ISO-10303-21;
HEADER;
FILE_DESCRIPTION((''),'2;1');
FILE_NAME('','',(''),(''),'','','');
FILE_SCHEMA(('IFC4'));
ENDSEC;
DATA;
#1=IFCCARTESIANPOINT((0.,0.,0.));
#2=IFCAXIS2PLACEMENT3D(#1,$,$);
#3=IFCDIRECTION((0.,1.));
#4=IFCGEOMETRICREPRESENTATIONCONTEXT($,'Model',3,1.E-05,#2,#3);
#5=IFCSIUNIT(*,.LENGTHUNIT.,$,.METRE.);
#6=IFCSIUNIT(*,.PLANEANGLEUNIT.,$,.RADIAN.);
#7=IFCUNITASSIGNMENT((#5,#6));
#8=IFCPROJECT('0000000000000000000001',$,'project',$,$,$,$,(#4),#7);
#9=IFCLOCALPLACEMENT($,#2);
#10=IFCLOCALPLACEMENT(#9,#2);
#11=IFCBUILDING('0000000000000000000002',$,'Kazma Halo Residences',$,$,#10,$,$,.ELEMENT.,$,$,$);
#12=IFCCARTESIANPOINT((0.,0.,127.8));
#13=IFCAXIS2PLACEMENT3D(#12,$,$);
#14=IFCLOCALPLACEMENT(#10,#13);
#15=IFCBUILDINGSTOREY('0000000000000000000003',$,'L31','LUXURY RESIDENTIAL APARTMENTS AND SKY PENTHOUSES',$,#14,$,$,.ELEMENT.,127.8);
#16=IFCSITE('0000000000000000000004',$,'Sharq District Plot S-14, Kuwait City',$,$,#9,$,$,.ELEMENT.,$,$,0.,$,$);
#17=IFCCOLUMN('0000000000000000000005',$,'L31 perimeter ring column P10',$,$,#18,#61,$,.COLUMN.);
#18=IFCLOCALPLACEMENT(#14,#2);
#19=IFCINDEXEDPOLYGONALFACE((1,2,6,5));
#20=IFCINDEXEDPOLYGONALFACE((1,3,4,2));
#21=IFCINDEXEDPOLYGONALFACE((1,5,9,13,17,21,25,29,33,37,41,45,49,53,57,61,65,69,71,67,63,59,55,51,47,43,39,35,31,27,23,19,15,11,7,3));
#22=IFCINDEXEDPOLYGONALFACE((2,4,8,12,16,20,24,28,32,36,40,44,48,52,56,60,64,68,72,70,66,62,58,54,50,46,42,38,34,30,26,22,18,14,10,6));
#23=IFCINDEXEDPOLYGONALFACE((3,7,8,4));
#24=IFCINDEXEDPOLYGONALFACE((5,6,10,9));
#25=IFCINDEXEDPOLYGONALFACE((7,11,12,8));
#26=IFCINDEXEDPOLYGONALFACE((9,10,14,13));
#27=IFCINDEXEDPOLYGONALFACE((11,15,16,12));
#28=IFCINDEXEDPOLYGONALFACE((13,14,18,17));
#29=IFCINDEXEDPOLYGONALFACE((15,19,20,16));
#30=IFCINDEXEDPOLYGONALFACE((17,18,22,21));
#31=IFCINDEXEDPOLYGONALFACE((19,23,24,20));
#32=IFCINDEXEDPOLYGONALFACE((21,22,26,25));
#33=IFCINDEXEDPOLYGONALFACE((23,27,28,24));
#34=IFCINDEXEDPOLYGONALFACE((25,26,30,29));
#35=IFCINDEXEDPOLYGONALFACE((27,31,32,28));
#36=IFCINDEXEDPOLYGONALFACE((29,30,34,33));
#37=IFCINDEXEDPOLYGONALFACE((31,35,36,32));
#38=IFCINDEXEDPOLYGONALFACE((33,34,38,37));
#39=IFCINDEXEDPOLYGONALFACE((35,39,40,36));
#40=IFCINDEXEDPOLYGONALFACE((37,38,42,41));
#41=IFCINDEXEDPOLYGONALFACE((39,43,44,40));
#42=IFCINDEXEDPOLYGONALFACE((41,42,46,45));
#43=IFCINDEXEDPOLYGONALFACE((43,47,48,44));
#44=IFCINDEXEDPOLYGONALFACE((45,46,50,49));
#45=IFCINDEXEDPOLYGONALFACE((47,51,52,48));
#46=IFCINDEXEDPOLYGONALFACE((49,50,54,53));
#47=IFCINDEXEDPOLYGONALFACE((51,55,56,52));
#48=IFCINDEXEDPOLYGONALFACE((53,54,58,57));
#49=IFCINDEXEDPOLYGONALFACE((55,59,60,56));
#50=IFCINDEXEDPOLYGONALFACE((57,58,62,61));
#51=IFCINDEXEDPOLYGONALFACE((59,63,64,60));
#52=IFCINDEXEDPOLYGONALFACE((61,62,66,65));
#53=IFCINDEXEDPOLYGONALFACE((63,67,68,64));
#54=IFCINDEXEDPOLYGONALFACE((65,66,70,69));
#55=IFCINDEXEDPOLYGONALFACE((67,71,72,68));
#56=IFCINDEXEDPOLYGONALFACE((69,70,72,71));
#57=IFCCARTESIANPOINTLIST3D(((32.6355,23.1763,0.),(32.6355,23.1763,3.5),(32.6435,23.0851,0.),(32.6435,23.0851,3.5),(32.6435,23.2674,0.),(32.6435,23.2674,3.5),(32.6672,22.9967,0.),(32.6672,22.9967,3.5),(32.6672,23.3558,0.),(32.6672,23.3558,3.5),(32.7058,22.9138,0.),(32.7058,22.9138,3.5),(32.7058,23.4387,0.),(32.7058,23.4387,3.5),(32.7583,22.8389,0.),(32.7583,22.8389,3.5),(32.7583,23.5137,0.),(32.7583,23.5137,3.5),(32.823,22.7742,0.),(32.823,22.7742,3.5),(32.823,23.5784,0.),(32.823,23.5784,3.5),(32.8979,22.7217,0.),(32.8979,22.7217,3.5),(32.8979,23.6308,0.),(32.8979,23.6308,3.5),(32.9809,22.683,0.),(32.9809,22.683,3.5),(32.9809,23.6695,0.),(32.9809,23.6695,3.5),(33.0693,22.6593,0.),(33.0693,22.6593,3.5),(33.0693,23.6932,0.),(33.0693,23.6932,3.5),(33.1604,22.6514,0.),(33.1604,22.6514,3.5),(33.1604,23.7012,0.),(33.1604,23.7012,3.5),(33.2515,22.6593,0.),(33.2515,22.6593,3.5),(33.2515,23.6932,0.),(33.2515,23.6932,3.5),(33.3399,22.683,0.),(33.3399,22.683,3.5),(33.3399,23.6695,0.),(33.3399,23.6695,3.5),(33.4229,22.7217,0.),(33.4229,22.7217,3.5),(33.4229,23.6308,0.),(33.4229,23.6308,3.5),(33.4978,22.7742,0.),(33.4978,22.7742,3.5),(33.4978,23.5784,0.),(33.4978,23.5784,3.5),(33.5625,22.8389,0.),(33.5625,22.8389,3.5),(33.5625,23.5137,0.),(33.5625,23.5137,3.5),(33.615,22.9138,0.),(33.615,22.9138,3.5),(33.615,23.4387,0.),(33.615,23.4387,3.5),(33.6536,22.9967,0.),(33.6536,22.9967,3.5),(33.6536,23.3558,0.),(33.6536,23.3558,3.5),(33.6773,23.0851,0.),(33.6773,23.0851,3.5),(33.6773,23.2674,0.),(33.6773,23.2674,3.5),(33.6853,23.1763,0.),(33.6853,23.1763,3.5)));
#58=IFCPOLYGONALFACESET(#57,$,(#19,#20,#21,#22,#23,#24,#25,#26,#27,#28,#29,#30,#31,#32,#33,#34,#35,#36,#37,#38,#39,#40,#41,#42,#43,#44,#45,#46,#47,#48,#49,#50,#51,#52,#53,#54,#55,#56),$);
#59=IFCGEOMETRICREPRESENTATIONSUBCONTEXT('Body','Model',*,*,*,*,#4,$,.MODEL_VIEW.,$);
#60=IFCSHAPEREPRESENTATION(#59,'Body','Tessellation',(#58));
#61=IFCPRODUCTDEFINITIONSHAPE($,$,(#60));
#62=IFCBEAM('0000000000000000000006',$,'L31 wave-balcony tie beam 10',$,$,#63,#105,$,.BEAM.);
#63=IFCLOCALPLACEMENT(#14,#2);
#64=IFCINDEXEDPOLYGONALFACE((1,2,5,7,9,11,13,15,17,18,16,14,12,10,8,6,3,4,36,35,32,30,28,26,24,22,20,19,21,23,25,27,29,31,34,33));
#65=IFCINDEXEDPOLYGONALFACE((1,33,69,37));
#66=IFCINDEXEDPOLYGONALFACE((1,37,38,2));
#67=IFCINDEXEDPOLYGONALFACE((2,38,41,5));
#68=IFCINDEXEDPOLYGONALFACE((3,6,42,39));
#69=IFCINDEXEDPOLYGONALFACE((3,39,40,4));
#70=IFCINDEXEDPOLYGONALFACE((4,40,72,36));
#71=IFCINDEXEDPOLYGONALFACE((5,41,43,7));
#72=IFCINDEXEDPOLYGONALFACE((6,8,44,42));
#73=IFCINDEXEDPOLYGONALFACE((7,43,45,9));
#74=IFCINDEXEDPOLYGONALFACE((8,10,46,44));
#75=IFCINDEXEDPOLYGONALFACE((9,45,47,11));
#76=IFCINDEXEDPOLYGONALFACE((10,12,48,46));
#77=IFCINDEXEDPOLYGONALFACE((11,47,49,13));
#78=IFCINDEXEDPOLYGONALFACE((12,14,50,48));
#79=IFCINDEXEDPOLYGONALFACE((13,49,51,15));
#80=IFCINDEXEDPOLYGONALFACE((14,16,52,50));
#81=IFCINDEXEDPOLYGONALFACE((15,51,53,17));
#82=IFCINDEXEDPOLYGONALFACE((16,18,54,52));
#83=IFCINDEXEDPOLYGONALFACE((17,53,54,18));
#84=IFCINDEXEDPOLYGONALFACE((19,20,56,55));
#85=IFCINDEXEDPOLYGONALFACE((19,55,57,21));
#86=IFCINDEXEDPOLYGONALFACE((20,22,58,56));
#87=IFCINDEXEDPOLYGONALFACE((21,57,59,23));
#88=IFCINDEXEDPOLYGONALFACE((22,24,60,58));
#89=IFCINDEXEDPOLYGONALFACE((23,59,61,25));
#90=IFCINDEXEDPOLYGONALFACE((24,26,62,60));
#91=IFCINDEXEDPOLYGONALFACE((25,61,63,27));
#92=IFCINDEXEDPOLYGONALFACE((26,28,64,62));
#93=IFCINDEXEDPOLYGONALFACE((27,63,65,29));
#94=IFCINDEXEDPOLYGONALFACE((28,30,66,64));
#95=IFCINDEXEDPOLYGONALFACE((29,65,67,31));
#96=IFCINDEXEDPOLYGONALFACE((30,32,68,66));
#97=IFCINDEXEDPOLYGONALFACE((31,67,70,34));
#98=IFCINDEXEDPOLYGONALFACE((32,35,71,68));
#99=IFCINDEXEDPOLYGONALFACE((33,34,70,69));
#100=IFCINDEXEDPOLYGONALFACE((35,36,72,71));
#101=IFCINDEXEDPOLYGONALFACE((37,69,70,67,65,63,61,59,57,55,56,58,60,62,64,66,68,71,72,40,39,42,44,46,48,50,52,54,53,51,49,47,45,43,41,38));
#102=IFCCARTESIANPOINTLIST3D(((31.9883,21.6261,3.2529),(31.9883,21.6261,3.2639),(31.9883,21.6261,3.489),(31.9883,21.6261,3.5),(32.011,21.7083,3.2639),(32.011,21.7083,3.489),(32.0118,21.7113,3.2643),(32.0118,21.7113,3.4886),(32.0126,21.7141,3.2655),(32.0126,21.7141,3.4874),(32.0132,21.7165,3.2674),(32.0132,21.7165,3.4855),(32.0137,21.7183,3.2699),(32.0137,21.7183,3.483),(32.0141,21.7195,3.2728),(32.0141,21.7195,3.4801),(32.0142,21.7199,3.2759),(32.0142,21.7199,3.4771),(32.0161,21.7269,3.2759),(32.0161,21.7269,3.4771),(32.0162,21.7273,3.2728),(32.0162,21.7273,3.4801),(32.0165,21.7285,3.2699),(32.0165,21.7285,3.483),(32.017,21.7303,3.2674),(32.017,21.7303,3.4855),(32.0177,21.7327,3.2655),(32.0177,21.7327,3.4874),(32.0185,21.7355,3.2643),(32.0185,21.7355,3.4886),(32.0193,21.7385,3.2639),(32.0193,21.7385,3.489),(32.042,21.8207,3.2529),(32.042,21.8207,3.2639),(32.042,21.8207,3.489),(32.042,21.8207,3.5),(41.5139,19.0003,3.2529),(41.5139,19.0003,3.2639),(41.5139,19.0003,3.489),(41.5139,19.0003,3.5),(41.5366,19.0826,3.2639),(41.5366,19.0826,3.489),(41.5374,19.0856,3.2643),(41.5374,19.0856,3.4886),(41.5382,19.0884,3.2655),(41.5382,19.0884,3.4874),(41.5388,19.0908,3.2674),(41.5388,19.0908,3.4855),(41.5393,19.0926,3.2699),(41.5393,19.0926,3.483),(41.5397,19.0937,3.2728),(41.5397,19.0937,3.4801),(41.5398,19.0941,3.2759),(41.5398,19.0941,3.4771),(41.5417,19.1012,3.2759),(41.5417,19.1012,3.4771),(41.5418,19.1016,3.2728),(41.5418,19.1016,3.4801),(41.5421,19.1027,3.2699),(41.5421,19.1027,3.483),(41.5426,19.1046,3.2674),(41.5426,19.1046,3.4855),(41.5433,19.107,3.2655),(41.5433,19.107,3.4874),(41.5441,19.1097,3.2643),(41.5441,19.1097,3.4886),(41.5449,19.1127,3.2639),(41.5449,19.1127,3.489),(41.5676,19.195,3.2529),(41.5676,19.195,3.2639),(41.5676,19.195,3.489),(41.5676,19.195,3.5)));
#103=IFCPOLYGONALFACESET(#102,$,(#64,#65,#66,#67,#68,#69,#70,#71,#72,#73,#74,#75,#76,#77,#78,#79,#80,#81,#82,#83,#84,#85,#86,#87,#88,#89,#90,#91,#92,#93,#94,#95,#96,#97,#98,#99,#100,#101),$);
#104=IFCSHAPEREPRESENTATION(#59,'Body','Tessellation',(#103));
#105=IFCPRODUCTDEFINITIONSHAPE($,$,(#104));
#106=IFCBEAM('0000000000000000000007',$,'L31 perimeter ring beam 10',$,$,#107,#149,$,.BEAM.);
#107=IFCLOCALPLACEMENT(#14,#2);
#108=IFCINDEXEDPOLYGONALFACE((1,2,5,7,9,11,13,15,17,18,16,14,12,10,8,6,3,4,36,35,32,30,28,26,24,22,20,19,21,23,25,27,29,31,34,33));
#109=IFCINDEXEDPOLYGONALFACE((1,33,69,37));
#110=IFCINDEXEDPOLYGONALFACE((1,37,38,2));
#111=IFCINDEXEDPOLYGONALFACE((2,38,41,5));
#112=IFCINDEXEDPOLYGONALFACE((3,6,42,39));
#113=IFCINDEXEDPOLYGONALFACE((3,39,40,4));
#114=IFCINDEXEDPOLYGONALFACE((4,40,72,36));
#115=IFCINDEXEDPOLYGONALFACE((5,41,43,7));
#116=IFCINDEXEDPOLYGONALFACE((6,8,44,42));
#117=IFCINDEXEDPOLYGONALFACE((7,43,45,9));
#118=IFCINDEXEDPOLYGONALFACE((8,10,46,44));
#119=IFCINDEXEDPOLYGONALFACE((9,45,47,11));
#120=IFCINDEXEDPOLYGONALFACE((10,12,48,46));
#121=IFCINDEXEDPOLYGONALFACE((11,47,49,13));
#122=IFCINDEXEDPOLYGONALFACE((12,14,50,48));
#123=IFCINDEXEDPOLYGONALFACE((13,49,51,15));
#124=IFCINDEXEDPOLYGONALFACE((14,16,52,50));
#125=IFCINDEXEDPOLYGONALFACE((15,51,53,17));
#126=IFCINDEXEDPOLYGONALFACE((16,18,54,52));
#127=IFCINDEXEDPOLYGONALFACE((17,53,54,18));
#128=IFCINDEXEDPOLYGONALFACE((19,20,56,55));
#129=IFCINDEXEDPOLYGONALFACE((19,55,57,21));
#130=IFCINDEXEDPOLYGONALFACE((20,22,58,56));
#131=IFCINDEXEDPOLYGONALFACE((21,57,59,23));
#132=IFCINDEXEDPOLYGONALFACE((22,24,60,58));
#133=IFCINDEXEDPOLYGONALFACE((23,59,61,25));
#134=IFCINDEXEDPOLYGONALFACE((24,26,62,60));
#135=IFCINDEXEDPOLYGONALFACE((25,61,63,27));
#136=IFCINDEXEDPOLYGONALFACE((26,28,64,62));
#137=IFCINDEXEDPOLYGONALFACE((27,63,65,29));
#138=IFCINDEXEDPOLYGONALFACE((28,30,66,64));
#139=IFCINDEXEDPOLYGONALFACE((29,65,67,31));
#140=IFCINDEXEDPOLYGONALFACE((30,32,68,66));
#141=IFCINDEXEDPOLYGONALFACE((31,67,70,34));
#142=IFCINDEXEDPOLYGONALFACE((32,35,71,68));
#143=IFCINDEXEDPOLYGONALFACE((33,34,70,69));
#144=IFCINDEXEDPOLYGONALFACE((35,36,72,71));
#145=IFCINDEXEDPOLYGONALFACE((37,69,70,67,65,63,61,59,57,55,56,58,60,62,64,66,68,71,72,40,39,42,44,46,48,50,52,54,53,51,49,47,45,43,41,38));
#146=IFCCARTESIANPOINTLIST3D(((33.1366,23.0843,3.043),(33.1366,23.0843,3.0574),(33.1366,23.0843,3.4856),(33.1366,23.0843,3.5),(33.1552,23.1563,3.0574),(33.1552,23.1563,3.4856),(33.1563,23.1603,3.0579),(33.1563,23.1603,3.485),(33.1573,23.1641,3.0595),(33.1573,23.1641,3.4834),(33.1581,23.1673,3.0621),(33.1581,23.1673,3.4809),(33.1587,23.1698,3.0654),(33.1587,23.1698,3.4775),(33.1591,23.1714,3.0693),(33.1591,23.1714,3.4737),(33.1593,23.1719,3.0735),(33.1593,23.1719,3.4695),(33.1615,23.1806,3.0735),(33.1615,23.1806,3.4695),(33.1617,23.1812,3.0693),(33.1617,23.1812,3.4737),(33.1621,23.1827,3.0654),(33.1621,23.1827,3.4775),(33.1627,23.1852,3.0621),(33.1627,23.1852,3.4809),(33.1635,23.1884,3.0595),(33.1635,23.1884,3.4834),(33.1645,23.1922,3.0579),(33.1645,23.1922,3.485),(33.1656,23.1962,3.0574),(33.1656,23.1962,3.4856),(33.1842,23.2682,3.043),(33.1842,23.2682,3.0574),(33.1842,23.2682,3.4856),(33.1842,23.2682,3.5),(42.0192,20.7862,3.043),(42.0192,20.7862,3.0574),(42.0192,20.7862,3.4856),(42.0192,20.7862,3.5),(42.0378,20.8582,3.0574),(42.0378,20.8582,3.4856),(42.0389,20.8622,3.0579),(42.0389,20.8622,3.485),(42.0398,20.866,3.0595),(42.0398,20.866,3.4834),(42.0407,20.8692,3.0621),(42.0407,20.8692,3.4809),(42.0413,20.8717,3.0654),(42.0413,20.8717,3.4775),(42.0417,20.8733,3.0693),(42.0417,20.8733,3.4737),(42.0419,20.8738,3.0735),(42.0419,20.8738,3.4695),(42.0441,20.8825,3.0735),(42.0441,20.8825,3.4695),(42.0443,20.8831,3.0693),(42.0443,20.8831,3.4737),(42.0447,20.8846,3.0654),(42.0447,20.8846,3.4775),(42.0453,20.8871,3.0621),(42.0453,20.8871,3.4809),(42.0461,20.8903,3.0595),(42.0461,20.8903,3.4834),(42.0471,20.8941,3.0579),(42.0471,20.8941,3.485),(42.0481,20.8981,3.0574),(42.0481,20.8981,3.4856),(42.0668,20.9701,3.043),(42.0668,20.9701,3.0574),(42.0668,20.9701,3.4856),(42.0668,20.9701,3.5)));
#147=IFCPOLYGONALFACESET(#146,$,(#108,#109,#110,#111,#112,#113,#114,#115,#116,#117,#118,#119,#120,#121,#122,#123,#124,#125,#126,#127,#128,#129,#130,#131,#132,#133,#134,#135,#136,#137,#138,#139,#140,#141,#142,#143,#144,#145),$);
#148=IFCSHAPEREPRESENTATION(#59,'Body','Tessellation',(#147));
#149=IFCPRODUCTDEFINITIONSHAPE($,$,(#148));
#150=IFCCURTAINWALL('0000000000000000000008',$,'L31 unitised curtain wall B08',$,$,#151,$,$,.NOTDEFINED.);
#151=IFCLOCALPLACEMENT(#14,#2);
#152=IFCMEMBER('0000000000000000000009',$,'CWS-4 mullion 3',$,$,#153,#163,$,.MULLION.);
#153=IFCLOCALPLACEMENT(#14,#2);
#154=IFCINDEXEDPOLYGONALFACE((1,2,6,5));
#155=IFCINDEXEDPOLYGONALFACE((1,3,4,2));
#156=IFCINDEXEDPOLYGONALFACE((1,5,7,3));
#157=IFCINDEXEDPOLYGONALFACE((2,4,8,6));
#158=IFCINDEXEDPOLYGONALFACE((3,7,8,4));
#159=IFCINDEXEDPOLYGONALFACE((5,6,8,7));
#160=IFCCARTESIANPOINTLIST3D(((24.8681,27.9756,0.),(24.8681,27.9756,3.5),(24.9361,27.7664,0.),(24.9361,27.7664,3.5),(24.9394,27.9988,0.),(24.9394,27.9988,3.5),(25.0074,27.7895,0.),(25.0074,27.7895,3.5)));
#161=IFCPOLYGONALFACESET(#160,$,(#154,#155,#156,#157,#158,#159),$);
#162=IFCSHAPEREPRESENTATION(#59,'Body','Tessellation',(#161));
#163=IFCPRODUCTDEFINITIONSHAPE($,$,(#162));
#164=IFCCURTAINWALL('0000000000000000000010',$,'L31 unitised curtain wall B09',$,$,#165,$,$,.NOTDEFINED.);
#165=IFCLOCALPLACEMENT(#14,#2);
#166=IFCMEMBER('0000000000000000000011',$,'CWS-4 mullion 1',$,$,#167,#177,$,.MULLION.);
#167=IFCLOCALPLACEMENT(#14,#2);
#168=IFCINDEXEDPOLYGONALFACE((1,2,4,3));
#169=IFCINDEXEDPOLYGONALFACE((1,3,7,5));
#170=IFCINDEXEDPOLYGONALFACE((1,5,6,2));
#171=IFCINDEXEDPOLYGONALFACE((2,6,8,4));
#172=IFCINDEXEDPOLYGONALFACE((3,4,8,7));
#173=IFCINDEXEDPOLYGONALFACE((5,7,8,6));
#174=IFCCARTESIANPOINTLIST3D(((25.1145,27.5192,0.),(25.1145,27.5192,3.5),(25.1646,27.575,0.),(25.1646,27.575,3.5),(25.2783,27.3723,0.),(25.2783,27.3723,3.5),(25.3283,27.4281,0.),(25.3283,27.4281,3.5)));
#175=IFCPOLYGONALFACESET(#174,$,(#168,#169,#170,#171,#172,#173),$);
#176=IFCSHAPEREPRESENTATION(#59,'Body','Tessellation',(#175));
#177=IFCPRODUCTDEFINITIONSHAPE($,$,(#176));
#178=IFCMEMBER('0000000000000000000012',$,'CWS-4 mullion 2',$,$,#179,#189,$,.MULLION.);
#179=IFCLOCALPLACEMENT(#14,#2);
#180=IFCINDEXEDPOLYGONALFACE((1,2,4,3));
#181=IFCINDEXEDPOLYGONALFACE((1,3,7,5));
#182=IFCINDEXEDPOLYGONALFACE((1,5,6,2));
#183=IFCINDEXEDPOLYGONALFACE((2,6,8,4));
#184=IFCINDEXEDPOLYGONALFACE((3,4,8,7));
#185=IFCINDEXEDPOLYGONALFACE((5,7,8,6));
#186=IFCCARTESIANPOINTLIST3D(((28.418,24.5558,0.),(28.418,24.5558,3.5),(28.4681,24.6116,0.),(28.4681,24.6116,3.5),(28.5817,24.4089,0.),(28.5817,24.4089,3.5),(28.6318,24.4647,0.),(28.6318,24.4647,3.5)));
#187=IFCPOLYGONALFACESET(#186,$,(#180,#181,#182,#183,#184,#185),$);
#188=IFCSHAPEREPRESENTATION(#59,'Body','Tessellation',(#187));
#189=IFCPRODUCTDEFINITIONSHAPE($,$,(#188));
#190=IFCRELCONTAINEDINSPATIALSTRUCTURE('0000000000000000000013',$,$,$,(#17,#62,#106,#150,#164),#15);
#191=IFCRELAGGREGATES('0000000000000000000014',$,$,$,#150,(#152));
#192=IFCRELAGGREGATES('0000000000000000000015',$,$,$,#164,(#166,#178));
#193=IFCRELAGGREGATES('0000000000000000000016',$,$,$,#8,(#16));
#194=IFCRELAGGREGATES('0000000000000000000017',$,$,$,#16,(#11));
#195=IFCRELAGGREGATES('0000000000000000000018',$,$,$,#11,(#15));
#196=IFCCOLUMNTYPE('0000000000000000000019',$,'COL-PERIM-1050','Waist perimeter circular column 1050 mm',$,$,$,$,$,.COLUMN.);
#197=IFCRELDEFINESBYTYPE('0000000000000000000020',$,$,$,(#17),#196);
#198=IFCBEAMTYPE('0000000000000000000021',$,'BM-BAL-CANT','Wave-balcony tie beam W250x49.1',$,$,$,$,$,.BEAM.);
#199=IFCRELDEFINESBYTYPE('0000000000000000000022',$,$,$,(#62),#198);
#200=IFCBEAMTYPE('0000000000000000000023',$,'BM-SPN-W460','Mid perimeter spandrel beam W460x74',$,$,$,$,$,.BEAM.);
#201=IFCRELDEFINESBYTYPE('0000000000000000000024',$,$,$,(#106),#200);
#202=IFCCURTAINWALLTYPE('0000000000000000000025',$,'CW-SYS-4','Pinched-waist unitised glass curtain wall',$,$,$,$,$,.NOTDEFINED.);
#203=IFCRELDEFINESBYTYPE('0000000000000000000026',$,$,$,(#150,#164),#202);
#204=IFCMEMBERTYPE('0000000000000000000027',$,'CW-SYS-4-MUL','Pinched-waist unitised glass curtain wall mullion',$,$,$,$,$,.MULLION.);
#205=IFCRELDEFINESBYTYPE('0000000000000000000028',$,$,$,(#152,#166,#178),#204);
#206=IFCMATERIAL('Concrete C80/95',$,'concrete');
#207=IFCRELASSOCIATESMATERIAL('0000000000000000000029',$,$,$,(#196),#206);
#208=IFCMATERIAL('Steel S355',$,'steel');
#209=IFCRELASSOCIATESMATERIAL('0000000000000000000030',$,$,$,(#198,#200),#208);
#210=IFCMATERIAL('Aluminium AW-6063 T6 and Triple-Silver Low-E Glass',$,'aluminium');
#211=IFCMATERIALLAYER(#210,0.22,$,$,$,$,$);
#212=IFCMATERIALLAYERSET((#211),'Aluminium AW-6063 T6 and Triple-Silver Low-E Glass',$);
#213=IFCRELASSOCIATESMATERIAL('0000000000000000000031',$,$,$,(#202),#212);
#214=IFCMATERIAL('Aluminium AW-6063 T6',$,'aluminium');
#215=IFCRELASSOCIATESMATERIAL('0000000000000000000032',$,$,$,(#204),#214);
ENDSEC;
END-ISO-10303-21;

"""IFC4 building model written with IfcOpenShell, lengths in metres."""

from ifc_helpers import new_model, si_unit, direction, frame, origin, origin_2d, place, context, subcontext, project, spatial, rectangle, circle, i_section, extrude, material, layer, layer_set, material_profile, profile_set, type_object, element, aggregate, save


model = new_model("IFC4")

# Units and contexts
model_context = context("Model", 3, precision=1e-05, world=origin(), true_north=direction((0.0, 1.0)))
body_context = subcontext(model_context, "Body", "Model", "MODEL_VIEW")
ifc_project = project(units=[si_unit("LENGTHUNIT", "METRE"), si_unit("PLANEANGLEUNIT", "RADIAN")], contexts=[model_context])

# Site, building, storey
site_placement = place(None, origin())
site = spatial("IfcSite", under=ifc_project, at=site_placement, Name="Sharq District Plot S-14, Kuwait City", CompositionType="ELEMENT", RefElevation=0.0)
building_placement = place(site_placement, origin())
building = spatial("IfcBuilding", under=site, at=building_placement, Name="Kazma Halo Residences", CompositionType="ELEMENT")
storey_placement = place(building_placement, frame((0.0, 0.0, 127.8)))
storey = spatial("IfcBuildingStorey", under=building, at=storey_placement, Name="L31", Description="LUXURY RESIDENTIAL APARTMENTS AND SKY PENTHOUSES", CompositionType="ELEMENT", Elevation=127.8)

# Column
ifc_material_1 = material(Name="Concrete C80/95", Category="concrete")
ifc_material_profile_1 = material_profile(ifc_material_1, circle(Radius=0.5249, at=origin_2d()), Name="CIRC1050")
ifc_profile_set_1 = profile_set([ifc_material_profile_1], Name="Concrete C80/95")
column_type = type_object("IfcColumnType", Name="COL-PERIM-1050", Description="Waist perimeter circular column 1050 mm", PredefinedType="COLUMN", material=ifc_profile_set_1)
column_placement = place(storey_placement, frame((33.1604, 23.1763, 0.0), z_axis=(0.0, 0.0, 1.0), x_axis=(1.0, 0.0, 0.0)))
element("IfcColumn", 1, at=column_placement, inside=storey, type_object=column_type, Name="L31 perimeter ring column P10", PredefinedType="COLUMN", context=body_context, shape_type="SweptSolid", body=[
    extrude(circle(Radius=0.5249, at=origin_2d()), origin(), (0.0, 0.0, 1.0), 3.5),
])

# Beams
ifc_material_2 = material(Name="Steel S355", Category="steel")
ifc_material_profile_2 = material_profile(ifc_material_2, i_section(OverallWidth=0.2019, OverallDepth=0.2471, WebThickness=0.0073, FlangeThickness=0.011, FilletRadius=0.012, at=origin_2d()), Name="W250x49.1")
ifc_profile_set_2 = profile_set([ifc_material_profile_2], Name="Steel S355")
beam_type_1 = type_object("IfcBeamType", Name="BM-BAL-CANT", Description="Wave-balcony tie beam W250x49.1", PredefinedType="BEAM", material=ifc_profile_set_2)
beam_1_placement = place(storey_placement, frame((32.0151, 21.7234, 3.3765), z_axis=(0.964045, -0.265738, 0.0), x_axis=(0.265738, 0.964045, 0.0)))
element("IfcBeam", 2, at=beam_1_placement, inside=storey, type_object=beam_type_1, Name="L31 wave-balcony tie beam 10", PredefinedType="BEAM", context=body_context, shape_type="SweptSolid", body=[
    extrude(i_section(OverallWidth=0.2019, OverallDepth=0.2471, WebThickness=0.0073, FlangeThickness=0.011, FilletRadius=0.012, at=origin_2d()), origin(), (0.0, 0.0, 1.0), 9.8809),
])
ifc_material_profile_3 = material_profile(ifc_material_2, i_section(OverallWidth=0.1899, OverallDepth=0.457, WebThickness=0.009, FlangeThickness=0.0144, FilletRadius=0.0161, at=origin_2d()), Name="W460x74")
ifc_profile_set_3 = profile_set([ifc_material_profile_3], Name="Steel S355")
beam_type_2 = type_object("IfcBeamType", Name="BM-SPN-W460", Description="Mid perimeter spandrel beam W460x74", PredefinedType="BEAM", material=ifc_profile_set_3)
beam_2_placement = place(storey_placement, frame((33.1604, 23.1763, 3.2715), z_axis=(0.968124, -0.250473, 0.0), x_axis=(0.250473, 0.968124, 0.0)))
element("IfcBeam", 3, at=beam_2_placement, inside=storey, type_object=beam_type_2, Name="L31 perimeter ring beam 10", PredefinedType="BEAM", context=body_context, shape_type="SweptSolid", body=[
    extrude(i_section(OverallWidth=0.1899, OverallDepth=0.457, WebThickness=0.009, FlangeThickness=0.0144, FilletRadius=0.0161, at=origin_2d()), origin(), (0.0, 0.0, 1.0), 9.175),
])

# Curtain wall, member
ifc_material_3 = material(Name="Aluminium AW-6063 T6 and Triple-Silver Low-E Glass", Category="aluminium")
ifc_layer_1 = layer(ifc_material_3, 0.22)
ifc_layer_set_1 = layer_set([ifc_layer_1], Name="Aluminium AW-6063 T6 and Triple-Silver Low-E Glass")
curtain_wall_type = type_object("IfcCurtainWallType", Name="CW-SYS-4", Description="Pinched-waist unitised glass curtain wall", PredefinedType="NOTDEFINED", material=ifc_layer_set_1)
curtain_wall_1_placement = place(storey_placement, origin())
curtain_wall_1 = element("IfcCurtainWall", 4, at=curtain_wall_1_placement, inside=storey, type_object=curtain_wall_type, Name="L31 unitised curtain wall B08", PredefinedType="NOTDEFINED")
ifc_material_4 = material(Name="Aluminium AW-6063 T6", Category="aluminium")
ifc_material_profile_4 = material_profile(ifc_material_4, rectangle(XDim=0.075, YDim=0.22, at=origin_2d()), Name="CWM-75x220")
ifc_profile_set_4 = profile_set([ifc_material_profile_4], Name="Aluminium AW-6063 T6")
member_type_1 = type_object("IfcMemberType", Name="CW-SYS-4-MUL", Description="Pinched-waist unitised glass curtain wall mullion", PredefinedType="MULLION", material=ifc_profile_set_4)
member_1_placement = place(storey_placement, frame((24.9377, 27.8826, 0.0), z_axis=(0.0, 0.0, 1.0), x_axis=(0.951058, 0.309014, 0.0)))
member_1 = element("IfcMember", 5, at=member_1_placement, type_object=member_type_1, Name="CWS-4 mullion 3", PredefinedType="MULLION", context=body_context, shape_type="SweptSolid", body=[
    extrude(rectangle(XDim=0.075, YDim=0.22, at=origin_2d()), origin(), (0.0, 0.0, 1.0), 3.5),
])
aggregate(curtain_wall_1, [member_1])

# Curtain wall, members
curtain_wall_2_placement = place(storey_placement, origin())
curtain_wall_2 = element("IfcCurtainWall", 6, at=curtain_wall_2_placement, inside=storey, type_object=curtain_wall_type, Name="L31 unitised curtain wall B09", PredefinedType="NOTDEFINED")
member_2_placement = place(storey_placement, frame((25.2214, 27.4736, 0.0), z_axis=(0.0, 0.0, 1.0), x_axis=(0.66777, 0.744368, 0.0)))
member_2 = element("IfcMember", 7, at=member_2_placement, type_object=member_type_1, Name="CWS-4 mullion 1", PredefinedType="MULLION", context=body_context, shape_type="SweptSolid", body=[
    extrude(rectangle(XDim=0.075, YDim=0.22, at=origin_2d()), origin(), (0.0, 0.0, 1.0), 3.5),
])
member_3_placement = place(storey_placement, frame((28.5249, 24.5103, 0.0), z_axis=(0.0, 0.0, 1.0), x_axis=(0.66777, 0.744368, 0.0)))
member_3 = element("IfcMember", 8, at=member_3_placement, type_object=member_type_1, Name="CWS-4 mullion 2", PredefinedType="MULLION", context=body_context, shape_type="SweptSolid", body=[
    extrude(rectangle(XDim=0.075, YDim=0.22, at=origin_2d()), origin(), (0.0, 0.0, 1.0), 3.5),
])

aggregate(curtain_wall_2, [member_2, member_3])

save(model, "model.ifc")
